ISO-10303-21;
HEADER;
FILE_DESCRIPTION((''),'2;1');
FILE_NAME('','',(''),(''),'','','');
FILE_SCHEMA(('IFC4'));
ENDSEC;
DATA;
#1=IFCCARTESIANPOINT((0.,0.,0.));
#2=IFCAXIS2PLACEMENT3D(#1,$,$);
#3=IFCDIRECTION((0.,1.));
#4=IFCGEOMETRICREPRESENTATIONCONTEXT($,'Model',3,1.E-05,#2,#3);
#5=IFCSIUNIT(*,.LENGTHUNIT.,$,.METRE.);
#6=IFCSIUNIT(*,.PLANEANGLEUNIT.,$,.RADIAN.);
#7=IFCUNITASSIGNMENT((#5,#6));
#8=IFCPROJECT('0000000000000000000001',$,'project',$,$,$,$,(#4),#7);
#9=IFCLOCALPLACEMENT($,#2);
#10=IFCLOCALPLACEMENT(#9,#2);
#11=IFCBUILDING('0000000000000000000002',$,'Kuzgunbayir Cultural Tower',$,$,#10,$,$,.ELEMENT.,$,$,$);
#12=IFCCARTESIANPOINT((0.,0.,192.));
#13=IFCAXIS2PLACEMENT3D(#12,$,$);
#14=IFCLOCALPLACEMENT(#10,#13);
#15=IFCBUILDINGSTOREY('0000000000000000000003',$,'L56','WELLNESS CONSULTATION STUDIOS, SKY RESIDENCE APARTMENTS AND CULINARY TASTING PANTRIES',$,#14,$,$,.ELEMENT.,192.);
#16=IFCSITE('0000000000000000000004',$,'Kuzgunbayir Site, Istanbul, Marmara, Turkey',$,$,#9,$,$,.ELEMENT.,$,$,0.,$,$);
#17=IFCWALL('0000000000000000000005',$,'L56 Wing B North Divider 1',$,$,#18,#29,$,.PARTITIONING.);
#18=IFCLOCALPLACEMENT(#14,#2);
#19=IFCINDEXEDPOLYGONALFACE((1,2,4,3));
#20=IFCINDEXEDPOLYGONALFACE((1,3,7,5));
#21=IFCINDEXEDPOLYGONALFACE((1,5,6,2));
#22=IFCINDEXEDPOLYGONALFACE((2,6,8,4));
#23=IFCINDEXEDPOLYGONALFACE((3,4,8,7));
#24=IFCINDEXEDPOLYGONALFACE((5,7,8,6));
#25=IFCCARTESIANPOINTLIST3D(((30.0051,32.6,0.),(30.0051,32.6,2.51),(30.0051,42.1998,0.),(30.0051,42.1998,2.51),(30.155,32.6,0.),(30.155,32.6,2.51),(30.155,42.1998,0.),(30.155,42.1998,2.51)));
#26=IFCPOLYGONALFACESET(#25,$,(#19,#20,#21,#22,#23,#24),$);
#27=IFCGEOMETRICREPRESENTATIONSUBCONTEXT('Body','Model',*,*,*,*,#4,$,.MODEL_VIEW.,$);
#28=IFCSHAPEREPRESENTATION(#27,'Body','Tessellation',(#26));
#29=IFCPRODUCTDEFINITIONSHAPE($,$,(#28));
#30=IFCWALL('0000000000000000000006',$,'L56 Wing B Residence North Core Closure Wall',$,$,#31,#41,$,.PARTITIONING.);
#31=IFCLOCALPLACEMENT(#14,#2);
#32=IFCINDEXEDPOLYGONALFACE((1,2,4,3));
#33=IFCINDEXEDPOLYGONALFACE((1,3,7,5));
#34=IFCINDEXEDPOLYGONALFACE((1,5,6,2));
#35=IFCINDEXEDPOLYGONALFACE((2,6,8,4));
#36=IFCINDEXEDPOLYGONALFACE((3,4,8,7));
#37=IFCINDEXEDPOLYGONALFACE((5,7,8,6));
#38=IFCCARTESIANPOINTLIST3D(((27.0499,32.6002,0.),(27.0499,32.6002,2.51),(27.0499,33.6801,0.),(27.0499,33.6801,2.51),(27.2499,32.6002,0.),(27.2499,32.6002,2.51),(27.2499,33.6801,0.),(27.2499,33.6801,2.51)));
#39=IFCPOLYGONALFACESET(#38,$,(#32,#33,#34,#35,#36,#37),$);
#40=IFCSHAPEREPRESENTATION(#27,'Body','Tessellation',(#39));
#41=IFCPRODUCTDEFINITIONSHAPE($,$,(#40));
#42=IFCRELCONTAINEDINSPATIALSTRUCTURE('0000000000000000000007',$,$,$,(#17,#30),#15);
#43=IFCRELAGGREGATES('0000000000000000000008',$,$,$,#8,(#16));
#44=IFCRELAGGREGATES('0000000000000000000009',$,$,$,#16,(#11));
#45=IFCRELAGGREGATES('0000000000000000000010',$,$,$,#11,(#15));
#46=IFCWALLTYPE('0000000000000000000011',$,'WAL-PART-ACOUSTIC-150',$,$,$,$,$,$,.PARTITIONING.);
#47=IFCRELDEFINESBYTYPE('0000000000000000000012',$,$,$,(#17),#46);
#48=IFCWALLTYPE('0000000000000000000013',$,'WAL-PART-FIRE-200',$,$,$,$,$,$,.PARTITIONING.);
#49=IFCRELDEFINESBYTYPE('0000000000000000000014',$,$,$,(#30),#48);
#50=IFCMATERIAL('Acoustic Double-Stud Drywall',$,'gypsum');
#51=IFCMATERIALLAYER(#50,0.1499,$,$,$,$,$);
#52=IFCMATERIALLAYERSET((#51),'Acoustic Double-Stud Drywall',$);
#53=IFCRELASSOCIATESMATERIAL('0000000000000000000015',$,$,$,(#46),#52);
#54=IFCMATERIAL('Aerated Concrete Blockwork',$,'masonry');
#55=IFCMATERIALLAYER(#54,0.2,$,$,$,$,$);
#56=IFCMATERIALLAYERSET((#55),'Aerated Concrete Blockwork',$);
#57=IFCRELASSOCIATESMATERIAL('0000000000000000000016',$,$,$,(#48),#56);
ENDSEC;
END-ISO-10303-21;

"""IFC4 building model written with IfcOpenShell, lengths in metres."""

from ifc_helpers import new_model, si_unit, direction, frame, frame_2d, origin, place, context, subcontext, project, spatial, rectangle, extrude, material, layer, layer_set, type_object, element, save


model = new_model("IFC4")

# Units and contexts
model_context = context("Model", 3, precision=1e-05, world=origin(), true_north=direction((0.0, 1.0)))
body_context = subcontext(model_context, "Body", "Model", "MODEL_VIEW")
ifc_project = project(units=[si_unit("LENGTHUNIT", "METRE"), si_unit("PLANEANGLEUNIT", "RADIAN")], contexts=[model_context])

# Site, building, storey
site_placement = place(None, origin())
site = spatial("IfcSite", under=ifc_project, at=site_placement, Name="Kuzgunbayir Site, Istanbul, Marmara, Turkey", CompositionType="ELEMENT", RefElevation=0.0)
building_placement = place(site_placement, origin())
building = spatial("IfcBuilding", under=site, at=building_placement, Name="Kuzgunbayir Cultural Tower", CompositionType="ELEMENT")
storey_placement = place(building_placement, frame((0.0, 0.0, 192.0)))
storey = spatial("IfcBuildingStorey", under=building, at=storey_placement, Name="L56", Description="WELLNESS CONSULTATION STUDIOS, SKY RESIDENCE APARTMENTS AND CULINARY TASTING PANTRIES", CompositionType="ELEMENT", Elevation=192.0)

# Wall
ifc_material_1 = material(Name="Acoustic Double-Stud Drywall", Category="gypsum")
ifc_layer_1 = layer(ifc_material_1, 0.1499)
ifc_layer_set_1 = layer_set([ifc_layer_1], Name="Acoustic Double-Stud Drywall")
wall_type_1 = type_object("IfcWallType", Name="WAL-PART-ACOUSTIC-150", PredefinedType="PARTITIONING", material=ifc_layer_set_1)
wall_1_placement = place(storey_placement, frame((30.0801, 32.6001, 0.0), z_axis=(0.0, 0.0, 1.0), x_axis=(0.0, 1.0, 0.0)))
element("IfcWall", 1, at=wall_1_placement, inside=storey, type_object=wall_type_1, Name="L56 Wing B North Divider 1", PredefinedType="PARTITIONING", context=body_context, shape_type="SweptSolid", body=[
    extrude(rectangle(XDim=9.5999, YDim=0.1499, at=frame_2d((4.7998, 0.0))), origin(), (0.0, 0.0, 1.0), 2.51),
])

# Shared definitions
ifc_material_2 = material(Name="Aerated Concrete Blockwork", Category="masonry")
ifc_layer_2 = layer(ifc_material_2, 0.2)
ifc_layer_set_2 = layer_set([ifc_layer_2], Name="Aerated Concrete Blockwork")
wall_type_2 = type_object("IfcWallType", Name="WAL-PART-FIRE-200", PredefinedType="PARTITIONING", material=ifc_layer_set_2)

# Wall
wall_2_placement = place(storey_placement, frame((27.1499, 32.6001, 0.0), z_axis=(0.0, 0.0, 1.0), x_axis=(0.0, 1.0, 0.0)))
element("IfcWall", 2, at=wall_2_placement, inside=storey, type_object=wall_type_2, Name="L56 Wing B Residence North Core Closure Wall", PredefinedType="PARTITIONING", context=body_context, shape_type="SweptSolid", body=[
    extrude(rectangle(XDim=1.0798, YDim=0.2, at=frame_2d((0.54, 0.0))), origin(), (0.0, 0.0, 1.0), 2.51),
])

save(model, "model.ifc")
